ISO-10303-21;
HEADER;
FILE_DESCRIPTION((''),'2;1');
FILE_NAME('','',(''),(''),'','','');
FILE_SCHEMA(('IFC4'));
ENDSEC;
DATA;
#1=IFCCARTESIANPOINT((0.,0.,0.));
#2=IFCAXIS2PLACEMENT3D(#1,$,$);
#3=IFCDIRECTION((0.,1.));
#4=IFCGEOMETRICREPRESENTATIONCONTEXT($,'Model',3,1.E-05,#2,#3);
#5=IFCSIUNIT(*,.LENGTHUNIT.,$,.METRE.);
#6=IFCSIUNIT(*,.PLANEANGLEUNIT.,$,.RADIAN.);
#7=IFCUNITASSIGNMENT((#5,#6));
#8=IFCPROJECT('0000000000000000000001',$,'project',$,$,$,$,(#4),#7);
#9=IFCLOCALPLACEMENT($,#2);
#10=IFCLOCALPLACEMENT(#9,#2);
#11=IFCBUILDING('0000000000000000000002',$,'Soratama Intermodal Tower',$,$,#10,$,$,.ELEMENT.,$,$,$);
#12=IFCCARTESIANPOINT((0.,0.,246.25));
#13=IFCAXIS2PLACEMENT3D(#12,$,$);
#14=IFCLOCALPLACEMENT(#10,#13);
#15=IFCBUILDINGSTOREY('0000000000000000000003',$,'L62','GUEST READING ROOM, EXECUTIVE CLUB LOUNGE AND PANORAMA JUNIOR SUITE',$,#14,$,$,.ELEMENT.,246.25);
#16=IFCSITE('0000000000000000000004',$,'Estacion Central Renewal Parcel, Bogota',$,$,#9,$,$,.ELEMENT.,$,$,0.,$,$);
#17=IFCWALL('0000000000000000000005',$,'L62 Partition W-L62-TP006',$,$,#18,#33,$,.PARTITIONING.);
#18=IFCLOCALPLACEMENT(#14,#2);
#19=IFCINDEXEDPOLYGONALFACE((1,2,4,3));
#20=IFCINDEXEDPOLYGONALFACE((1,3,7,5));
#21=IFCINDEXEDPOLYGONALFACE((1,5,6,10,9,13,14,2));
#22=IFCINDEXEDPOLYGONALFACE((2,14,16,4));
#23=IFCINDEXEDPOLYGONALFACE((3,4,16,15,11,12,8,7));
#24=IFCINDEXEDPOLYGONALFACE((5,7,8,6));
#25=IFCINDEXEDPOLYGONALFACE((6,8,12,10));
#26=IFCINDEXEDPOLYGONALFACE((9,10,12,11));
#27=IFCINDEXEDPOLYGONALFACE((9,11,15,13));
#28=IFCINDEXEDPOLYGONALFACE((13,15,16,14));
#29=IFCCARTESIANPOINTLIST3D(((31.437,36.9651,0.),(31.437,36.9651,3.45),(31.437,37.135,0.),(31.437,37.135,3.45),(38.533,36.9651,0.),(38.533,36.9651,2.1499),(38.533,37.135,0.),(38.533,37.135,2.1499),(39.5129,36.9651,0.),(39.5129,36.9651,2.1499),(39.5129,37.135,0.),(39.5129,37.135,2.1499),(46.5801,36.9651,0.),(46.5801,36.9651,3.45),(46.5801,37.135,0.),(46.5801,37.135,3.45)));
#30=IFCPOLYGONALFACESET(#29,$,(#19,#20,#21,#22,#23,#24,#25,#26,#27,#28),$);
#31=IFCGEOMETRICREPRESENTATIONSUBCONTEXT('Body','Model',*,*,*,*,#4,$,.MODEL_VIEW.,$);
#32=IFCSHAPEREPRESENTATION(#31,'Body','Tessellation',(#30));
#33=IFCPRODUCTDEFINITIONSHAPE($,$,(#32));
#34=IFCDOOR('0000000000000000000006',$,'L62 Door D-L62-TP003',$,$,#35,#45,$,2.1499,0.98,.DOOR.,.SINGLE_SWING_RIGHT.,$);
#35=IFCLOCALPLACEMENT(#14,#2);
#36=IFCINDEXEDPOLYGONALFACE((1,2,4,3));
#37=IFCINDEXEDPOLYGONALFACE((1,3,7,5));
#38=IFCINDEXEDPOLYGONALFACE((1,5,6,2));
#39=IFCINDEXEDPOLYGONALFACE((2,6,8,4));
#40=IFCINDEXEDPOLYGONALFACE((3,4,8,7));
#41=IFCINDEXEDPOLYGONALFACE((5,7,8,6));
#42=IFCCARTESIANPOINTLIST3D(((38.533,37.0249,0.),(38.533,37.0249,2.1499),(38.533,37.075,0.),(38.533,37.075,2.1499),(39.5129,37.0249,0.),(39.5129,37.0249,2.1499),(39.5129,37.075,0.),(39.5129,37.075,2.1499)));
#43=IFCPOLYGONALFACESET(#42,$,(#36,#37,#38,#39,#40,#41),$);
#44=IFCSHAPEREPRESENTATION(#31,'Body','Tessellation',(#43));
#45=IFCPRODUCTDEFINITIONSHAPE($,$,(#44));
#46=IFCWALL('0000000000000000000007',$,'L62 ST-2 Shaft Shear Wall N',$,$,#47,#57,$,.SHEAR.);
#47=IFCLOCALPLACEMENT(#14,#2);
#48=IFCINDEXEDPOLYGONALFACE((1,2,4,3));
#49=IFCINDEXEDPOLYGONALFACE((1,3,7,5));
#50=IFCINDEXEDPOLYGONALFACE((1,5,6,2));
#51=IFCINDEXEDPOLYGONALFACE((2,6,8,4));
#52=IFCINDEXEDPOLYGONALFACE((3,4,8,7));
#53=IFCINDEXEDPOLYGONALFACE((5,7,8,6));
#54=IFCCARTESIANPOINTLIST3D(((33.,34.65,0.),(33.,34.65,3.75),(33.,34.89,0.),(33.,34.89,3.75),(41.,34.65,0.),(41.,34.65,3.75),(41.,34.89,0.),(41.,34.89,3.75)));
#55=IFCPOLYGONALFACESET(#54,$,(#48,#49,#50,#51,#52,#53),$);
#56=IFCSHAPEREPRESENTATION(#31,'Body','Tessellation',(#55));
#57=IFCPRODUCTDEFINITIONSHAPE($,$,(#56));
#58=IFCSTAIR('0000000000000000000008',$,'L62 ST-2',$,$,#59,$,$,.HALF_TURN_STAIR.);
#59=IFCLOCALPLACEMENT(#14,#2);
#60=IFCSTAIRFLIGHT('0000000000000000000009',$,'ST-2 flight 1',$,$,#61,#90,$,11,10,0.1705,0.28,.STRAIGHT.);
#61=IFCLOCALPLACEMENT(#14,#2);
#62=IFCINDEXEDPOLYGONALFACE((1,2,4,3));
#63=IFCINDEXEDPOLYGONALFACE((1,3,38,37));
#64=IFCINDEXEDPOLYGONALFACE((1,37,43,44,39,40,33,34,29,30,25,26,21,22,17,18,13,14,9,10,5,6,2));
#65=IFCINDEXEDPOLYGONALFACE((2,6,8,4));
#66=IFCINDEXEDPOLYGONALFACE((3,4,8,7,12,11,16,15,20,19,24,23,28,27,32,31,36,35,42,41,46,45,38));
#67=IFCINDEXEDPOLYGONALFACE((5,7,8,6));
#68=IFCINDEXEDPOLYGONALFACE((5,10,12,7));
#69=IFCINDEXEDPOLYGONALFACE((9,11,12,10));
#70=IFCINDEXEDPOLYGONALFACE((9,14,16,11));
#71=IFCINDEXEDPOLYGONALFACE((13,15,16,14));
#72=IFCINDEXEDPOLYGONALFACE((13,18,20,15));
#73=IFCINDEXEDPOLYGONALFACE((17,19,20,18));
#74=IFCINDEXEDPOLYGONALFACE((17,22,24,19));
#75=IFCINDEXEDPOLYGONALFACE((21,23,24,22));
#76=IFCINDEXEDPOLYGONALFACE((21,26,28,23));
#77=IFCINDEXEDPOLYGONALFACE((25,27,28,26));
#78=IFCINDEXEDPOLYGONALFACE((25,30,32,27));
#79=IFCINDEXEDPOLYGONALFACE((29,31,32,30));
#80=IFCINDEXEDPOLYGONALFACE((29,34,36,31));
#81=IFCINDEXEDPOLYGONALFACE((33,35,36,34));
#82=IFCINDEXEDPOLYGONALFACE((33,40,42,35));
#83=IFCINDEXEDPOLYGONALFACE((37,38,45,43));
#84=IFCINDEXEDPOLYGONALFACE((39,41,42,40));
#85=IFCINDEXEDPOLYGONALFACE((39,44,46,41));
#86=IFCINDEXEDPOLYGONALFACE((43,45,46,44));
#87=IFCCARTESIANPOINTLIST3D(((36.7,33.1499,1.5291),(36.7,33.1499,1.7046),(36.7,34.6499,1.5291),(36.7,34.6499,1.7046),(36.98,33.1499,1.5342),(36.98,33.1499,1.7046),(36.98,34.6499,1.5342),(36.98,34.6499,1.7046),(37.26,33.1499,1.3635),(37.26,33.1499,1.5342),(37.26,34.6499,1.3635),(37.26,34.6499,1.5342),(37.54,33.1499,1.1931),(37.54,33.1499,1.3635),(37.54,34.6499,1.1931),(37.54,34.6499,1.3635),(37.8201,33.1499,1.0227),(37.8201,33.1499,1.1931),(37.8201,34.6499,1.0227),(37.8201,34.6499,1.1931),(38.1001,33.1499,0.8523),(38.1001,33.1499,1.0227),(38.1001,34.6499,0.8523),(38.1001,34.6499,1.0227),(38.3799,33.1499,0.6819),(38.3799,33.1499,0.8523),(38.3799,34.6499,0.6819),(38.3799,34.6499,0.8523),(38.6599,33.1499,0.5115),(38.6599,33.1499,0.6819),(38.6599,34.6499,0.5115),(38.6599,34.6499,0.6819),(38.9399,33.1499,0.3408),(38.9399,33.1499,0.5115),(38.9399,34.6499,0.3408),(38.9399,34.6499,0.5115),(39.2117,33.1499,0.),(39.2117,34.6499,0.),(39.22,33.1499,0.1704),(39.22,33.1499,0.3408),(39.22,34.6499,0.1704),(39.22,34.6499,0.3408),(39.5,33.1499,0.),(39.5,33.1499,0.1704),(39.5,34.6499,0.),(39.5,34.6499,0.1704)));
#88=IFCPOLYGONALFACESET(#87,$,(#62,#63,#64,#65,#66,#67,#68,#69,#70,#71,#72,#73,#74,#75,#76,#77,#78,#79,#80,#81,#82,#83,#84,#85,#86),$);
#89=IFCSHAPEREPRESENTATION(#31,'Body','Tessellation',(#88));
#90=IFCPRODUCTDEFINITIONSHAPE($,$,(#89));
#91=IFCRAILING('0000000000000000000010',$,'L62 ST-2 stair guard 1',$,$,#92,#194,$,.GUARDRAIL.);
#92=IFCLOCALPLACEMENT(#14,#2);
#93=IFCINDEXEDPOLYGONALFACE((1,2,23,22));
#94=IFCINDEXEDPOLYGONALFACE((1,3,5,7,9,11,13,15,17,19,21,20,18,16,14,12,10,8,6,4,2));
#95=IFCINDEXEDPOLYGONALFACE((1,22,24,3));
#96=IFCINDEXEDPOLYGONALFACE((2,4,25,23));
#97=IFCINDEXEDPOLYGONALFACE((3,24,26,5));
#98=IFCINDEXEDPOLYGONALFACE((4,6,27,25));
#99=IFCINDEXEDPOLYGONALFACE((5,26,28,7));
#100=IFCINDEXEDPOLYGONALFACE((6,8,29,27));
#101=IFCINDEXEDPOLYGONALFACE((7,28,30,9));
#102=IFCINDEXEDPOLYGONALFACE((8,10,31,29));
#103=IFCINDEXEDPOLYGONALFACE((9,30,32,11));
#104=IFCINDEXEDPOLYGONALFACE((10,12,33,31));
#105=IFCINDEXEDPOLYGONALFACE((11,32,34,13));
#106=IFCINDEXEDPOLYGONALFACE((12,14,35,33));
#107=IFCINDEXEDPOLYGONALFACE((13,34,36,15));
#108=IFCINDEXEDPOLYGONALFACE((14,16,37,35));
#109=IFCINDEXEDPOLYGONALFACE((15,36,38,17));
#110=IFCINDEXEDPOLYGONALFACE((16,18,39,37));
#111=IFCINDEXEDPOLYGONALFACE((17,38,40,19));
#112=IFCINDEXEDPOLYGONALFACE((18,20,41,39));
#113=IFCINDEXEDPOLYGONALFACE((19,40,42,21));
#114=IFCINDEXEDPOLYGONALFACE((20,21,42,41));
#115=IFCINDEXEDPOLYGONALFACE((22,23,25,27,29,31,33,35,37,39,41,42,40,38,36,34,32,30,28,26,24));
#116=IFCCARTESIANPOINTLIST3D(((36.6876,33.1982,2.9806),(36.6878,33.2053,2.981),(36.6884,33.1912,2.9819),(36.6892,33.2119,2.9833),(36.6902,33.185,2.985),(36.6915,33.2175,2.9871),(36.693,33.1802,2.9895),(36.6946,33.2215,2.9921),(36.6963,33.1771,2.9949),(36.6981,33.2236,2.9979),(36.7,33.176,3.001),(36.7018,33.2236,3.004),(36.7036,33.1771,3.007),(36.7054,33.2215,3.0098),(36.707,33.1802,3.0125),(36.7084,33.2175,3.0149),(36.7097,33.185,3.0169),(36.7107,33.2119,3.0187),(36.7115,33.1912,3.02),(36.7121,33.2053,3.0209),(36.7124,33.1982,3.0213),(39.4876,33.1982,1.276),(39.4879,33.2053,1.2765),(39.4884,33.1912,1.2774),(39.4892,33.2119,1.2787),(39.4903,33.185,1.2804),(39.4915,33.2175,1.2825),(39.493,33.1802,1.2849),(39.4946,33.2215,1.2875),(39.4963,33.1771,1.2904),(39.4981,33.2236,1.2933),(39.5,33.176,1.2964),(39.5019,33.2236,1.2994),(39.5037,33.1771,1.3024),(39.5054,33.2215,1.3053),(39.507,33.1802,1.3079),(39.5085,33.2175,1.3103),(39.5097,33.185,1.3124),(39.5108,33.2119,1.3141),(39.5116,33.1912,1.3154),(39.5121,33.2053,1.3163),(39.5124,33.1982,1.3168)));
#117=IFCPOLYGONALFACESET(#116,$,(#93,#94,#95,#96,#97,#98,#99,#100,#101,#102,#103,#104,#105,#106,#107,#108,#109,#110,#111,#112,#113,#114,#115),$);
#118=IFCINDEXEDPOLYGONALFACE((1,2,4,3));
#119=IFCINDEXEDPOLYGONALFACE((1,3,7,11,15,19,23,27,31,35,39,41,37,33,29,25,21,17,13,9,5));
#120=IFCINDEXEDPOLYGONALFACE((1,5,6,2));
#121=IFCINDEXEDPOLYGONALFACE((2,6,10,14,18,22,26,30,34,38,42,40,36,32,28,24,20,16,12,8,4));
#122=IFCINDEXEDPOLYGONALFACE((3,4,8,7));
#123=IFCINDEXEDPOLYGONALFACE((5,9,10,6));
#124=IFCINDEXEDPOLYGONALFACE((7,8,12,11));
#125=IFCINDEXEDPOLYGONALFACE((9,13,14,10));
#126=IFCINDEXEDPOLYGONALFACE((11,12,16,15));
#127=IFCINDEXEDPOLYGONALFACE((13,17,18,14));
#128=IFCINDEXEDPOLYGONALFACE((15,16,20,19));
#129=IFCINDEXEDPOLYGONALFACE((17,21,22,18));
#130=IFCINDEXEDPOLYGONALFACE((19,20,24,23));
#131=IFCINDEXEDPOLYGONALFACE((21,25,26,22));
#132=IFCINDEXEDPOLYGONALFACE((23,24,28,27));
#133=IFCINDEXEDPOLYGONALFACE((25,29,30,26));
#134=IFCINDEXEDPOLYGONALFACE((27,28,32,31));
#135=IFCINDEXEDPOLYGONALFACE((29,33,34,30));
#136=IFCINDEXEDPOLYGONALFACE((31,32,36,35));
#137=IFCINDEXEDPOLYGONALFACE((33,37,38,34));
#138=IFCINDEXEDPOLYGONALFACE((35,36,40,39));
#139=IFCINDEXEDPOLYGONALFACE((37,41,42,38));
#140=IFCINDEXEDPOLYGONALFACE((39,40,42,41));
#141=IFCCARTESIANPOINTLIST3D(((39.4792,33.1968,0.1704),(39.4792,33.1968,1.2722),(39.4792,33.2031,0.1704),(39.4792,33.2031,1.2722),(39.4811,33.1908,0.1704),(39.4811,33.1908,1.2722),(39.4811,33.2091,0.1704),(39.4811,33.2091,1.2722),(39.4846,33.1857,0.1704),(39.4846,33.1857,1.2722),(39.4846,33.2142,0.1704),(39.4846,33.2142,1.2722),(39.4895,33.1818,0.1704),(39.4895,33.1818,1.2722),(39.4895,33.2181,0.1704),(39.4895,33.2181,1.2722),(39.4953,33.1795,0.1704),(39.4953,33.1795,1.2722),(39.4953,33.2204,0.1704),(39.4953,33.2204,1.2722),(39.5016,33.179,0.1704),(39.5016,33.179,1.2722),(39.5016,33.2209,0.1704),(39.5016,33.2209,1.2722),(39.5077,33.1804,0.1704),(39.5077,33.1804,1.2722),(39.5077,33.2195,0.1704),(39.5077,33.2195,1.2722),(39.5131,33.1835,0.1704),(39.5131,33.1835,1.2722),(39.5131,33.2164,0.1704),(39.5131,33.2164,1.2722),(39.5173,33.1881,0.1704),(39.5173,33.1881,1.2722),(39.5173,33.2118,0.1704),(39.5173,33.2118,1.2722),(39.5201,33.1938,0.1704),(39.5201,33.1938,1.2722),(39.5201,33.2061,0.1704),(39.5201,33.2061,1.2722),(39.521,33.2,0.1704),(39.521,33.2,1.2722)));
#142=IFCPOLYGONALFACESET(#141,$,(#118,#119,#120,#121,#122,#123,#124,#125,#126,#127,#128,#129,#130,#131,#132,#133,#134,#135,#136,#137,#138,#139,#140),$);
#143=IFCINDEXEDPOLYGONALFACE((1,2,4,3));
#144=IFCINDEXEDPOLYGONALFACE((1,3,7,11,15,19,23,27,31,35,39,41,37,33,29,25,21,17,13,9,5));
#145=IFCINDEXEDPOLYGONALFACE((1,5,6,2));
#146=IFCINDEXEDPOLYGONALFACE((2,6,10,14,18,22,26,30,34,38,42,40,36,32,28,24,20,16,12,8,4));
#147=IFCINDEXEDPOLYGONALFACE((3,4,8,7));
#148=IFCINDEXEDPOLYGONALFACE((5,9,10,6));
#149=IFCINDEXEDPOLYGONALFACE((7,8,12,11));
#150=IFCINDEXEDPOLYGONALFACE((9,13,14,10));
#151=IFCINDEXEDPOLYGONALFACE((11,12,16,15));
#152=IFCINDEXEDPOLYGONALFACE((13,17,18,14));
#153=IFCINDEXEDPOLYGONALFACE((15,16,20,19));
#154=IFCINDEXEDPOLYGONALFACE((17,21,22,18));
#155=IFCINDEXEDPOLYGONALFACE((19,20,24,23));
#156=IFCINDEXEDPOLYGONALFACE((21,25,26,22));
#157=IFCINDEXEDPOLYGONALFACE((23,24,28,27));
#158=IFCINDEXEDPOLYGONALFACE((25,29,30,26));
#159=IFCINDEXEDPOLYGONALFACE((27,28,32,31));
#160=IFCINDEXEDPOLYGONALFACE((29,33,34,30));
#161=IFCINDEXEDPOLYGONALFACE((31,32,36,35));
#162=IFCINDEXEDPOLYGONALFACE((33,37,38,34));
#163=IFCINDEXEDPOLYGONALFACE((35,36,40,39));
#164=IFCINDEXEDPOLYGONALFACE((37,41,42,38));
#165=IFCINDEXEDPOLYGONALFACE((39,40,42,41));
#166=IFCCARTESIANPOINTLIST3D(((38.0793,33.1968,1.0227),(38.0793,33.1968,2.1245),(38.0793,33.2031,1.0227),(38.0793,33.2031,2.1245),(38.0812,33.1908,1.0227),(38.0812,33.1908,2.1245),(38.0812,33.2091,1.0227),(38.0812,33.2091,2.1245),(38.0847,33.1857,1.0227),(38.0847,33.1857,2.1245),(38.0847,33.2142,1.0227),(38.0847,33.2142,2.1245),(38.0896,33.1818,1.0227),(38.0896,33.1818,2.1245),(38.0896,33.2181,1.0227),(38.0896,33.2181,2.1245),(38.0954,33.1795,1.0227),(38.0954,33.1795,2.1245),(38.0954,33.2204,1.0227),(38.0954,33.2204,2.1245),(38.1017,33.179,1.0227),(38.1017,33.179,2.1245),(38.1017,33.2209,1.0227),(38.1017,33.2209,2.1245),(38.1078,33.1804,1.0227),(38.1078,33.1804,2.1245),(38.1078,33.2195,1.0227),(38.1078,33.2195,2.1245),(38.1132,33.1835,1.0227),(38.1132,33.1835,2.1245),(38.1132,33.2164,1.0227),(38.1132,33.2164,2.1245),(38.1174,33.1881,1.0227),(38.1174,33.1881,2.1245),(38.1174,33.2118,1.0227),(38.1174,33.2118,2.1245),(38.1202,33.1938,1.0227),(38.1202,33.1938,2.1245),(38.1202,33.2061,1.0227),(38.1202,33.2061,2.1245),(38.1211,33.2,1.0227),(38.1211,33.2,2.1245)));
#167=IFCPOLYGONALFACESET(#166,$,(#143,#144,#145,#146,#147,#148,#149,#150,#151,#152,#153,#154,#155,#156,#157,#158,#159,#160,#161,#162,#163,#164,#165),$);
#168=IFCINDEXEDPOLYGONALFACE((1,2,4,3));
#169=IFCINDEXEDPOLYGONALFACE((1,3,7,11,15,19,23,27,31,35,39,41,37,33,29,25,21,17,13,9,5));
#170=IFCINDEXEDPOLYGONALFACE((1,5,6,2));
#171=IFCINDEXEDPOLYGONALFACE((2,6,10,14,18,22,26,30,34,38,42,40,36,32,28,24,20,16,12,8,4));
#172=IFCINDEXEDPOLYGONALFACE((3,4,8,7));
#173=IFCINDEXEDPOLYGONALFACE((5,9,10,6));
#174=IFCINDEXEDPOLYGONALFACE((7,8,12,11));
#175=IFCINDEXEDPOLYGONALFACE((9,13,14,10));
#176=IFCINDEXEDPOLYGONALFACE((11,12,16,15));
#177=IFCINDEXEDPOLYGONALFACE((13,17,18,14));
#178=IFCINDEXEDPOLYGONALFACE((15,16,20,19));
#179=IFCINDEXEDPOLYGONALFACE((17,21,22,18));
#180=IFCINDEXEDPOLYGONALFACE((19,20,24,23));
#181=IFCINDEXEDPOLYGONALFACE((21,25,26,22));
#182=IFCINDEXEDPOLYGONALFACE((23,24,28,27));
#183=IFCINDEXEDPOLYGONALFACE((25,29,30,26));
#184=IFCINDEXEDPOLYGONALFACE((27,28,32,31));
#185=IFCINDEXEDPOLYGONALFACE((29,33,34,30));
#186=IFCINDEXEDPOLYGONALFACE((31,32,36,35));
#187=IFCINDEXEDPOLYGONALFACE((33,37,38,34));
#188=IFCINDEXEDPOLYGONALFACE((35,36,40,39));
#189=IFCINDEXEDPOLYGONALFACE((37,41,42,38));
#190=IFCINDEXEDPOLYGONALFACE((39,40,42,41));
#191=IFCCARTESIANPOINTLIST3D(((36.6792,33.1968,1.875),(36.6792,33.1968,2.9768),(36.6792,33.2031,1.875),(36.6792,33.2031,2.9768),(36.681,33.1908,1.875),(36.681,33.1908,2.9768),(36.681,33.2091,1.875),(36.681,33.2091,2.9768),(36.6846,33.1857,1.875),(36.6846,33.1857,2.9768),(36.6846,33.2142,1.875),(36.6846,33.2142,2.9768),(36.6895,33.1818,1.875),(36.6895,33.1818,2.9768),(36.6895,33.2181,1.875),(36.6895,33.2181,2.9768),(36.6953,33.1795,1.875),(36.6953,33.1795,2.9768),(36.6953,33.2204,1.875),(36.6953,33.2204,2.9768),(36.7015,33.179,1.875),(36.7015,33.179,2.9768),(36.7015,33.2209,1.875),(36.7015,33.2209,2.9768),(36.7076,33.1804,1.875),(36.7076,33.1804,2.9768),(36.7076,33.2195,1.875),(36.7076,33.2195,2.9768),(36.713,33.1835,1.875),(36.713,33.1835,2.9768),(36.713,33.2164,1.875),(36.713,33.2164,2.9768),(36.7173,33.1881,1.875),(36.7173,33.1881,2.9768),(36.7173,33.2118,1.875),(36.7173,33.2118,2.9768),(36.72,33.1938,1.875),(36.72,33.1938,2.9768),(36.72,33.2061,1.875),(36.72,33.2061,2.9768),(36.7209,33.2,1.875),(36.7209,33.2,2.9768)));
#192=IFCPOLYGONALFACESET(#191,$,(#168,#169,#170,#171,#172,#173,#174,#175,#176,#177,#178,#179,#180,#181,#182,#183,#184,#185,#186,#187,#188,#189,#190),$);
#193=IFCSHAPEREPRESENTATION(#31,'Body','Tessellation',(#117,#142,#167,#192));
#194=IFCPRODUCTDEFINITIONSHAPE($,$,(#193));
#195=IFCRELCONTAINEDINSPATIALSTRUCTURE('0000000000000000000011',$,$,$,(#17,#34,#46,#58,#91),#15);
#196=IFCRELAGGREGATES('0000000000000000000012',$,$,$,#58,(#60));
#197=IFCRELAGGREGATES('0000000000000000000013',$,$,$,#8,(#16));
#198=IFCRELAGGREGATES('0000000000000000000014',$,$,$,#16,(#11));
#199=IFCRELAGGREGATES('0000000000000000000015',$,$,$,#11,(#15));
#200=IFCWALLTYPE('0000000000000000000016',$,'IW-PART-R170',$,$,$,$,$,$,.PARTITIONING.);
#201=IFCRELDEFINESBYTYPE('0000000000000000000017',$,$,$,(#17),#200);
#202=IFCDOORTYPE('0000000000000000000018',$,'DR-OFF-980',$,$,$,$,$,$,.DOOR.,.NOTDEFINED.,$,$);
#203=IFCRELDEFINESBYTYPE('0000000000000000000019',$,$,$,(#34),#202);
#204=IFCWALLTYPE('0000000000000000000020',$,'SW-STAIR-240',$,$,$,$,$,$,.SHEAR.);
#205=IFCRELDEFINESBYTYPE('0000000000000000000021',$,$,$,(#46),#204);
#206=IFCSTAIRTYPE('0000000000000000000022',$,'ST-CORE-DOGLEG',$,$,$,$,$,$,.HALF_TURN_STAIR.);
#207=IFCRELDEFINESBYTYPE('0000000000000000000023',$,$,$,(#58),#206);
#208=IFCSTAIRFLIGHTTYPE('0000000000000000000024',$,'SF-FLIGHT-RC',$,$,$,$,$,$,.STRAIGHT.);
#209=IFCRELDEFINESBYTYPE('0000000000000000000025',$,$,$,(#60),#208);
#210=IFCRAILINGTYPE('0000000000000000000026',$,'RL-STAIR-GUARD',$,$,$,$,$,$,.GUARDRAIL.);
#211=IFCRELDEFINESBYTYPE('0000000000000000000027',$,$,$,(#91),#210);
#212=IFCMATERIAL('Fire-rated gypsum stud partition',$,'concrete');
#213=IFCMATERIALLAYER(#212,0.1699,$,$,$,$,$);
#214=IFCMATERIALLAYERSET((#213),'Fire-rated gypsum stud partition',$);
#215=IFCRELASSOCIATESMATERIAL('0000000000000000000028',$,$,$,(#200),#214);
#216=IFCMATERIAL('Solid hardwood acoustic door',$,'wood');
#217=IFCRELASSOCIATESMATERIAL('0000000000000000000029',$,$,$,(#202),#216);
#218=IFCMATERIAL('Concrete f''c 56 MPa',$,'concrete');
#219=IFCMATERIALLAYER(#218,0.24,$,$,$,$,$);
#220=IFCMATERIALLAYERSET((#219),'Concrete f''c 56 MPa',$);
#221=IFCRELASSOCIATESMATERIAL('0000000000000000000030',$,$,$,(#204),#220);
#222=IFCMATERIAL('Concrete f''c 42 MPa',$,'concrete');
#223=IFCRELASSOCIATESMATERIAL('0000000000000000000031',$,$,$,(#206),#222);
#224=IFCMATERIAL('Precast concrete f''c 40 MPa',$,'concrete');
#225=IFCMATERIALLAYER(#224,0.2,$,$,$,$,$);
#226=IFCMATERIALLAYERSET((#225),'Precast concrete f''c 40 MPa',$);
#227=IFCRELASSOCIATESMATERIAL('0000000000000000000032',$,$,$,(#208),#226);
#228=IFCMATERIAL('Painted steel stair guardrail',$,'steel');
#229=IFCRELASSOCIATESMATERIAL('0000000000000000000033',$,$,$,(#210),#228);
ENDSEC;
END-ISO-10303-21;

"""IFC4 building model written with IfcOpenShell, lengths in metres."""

from ifc_helpers import new_model, si_unit, direction, frame, frame_2d, origin, origin_2d, place, context, subcontext, project, spatial, polyline, rectangle, circle, outline, extrude, material, layer, layer_set, type_object, element, fill, aggregate, save


model = new_model("IFC4")

# Units and contexts
model_context = context("Model", 3, precision=1e-05, world=origin(), true_north=direction((0.0, 1.0)))
body_context = subcontext(model_context, "Body", "Model", "MODEL_VIEW")
ifc_project = project(units=[si_unit("LENGTHUNIT", "METRE"), si_unit("PLANEANGLEUNIT", "RADIAN")], contexts=[model_context])

# Site, building, storey
site_placement = place(None, origin())
site = spatial("IfcSite", under=ifc_project, at=site_placement, Name="Estacion Central Renewal Parcel, Bogota", CompositionType="ELEMENT", RefElevation=0.0)
building_placement = place(site_placement, origin())
building = spatial("IfcBuilding", under=site, at=building_placement, Name="Soratama Intermodal Tower", CompositionType="ELEMENT")
storey_placement = place(building_placement, frame((0.0, 0.0, 246.25)))
storey = spatial("IfcBuildingStorey", under=building, at=storey_placement, Name="L62", Description="GUEST READING ROOM, EXECUTIVE CLUB LOUNGE AND PANORAMA JUNIOR SUITE", CompositionType="ELEMENT", Elevation=246.25)

# Wall, opening, door
ifc_material_1 = material(Name="Fire-rated gypsum stud partition", Category="concrete")
ifc_layer_1 = layer(ifc_material_1, 0.1699)
ifc_layer_set_1 = layer_set([ifc_layer_1], Name="Fire-rated gypsum stud partition")
wall_type_1 = type_object("IfcWallType", Name="IW-PART-R170", PredefinedType="PARTITIONING", material=ifc_layer_set_1)
wall_1_placement = place(storey_placement, frame((31.437, 37.05, 0.0), z_axis=(0.0, 0.0, 1.0), x_axis=(1.0, 0.0, 0.0)))
wall_1 = element("IfcWall", 1, at=wall_1_placement, inside=storey, type_object=wall_type_1, Name="L62 Partition W-L62-TP006", PredefinedType="PARTITIONING", context=body_context, shape_type="SweptSolid", body=[
    extrude(rectangle(XDim=15.1431, YDim=0.1699, at=frame_2d((7.5715, 0.0))), origin(), (0.0, 0.0, 1.0), 3.45),
])
opening_1_placement = place(wall_1_placement, frame((7.0959, 0.0, 0.0)))
opening_1 = element("IfcOpeningElement", 2, at=opening_1_placement, cuts=wall_1, PredefinedType="OPENING", context=body_context, shape_type="SweptSolid", body=[
    extrude(rectangle(XDim=0.98, YDim=2.1499, at=frame_2d((0.49, 1.075))), frame((0.0, 0.095, 0.0), z_axis=(0.0, -1.0, 0.0), x_axis=(1.0, 0.0, 0.0)), (0.0, 0.0, 1.0), 0.1899),
])
ifc_material_2 = material(Name="Solid hardwood acoustic door", Category="wood")
door_type = type_object("IfcDoorType", Name="DR-OFF-980", OperationType="NOTDEFINED", PredefinedType="DOOR", material=ifc_material_2)
door_placement = place(opening_1_placement, origin())
door = element("IfcDoor", 3, at=door_placement, inside=storey, type_object=door_type, Name="L62 Door D-L62-TP003", OperationType="SINGLE_SWING_RIGHT", OverallHeight=2.1499, OverallWidth=0.98, PredefinedType="DOOR", context=body_context, shape_type="SweptSolid", body=[
    extrude(rectangle(XDim=0.98, YDim=2.1499, at=frame_2d((0.49, 1.075))), frame((0.0, 0.0249, 0.0), z_axis=(0.0, -1.0, 0.0), x_axis=(1.0, 0.0, 0.0)), (0.0, 0.0, 1.0), 0.05),
])
fill(opening_1, door)

# Wall
ifc_material_3 = material(Name="Concrete f'c 56 MPa", Category="concrete")
ifc_layer_2 = layer(ifc_material_3, 0.24)
ifc_layer_set_2 = layer_set([ifc_layer_2], Name="Concrete f'c 56 MPa")
wall_type_2 = type_object("IfcWallType", Name="SW-STAIR-240", PredefinedType="SHEAR", material=ifc_layer_set_2)
wall_2_placement = place(storey_placement, frame((33.0, 34.77, 0.0), z_axis=(0.0, 0.0, 1.0), x_axis=(1.0, 0.0, 0.0)))
element("IfcWall", 4, at=wall_2_placement, inside=storey, type_object=wall_type_2, Name="L62 ST-2 Shaft Shear Wall N", PredefinedType="SHEAR", context=body_context, shape_type="SweptSolid", body=[
    extrude(rectangle(XDim=8.0, YDim=0.24, at=frame_2d((4.0, 0.0))), origin(), (0.0, 0.0, 1.0), 3.75),
])

# Stair, stair flight
ifc_material_4 = material(Name="Concrete f'c 42 MPa", Category="concrete")
stair_type = type_object("IfcStairType", Name="ST-CORE-DOGLEG", PredefinedType="HALF_TURN_STAIR", material=ifc_material_4)
stair_placement = place(storey_placement, origin())
stair = element("IfcStair", 5, at=stair_placement, inside=storey, type_object=stair_type, Name="L62 ST-2", PredefinedType="HALF_TURN_STAIR")
ifc_material_5 = material(Name="Precast concrete f'c 40 MPa", Category="concrete")
ifc_layer_3 = layer(ifc_material_5, 0.2)
ifc_layer_set_3 = layer_set([ifc_layer_3], Name="Precast concrete f'c 40 MPa")
stair_flight_type = type_object("IfcStairFlightType", Name="SF-FLIGHT-RC", PredefinedType="STRAIGHT", material=ifc_layer_set_3)
stair_flight_placement = place(storey_placement, frame((39.5, 33.8999, 0.0), z_axis=(0.0, 0.0, 1.0), x_axis=(-1.0, 0.0, 0.0)))
stair_flight = element("IfcStairFlight", 6, at=stair_flight_placement, type_object=stair_flight_type, Name="ST-2 flight 1", NumberOfRisers=11, NumberOfTreads=10, PredefinedType="STRAIGHT", RiserHeight=0.1705, TreadLength=0.28, context=body_context, shape_type="SweptSolid", body=[
    extrude(outline(polyline([(0.0, 0.0), (0.0, 0.1704), (0.28, 0.1704), (0.28, 0.3408), (0.5601, 0.3408), (0.5601, 0.5115), (0.8401, 0.5115), (0.8401, 0.6819), (1.1201, 0.6819), (1.1201, 0.8523), (1.3999, 0.8523), (1.3999, 1.0227), (1.6799, 1.0227), (1.6799, 1.1931), (1.96, 1.1931), (1.96, 1.3635), (2.24, 1.3635), (2.24, 1.5342), (2.52, 1.5342), (2.52, 1.7046), (2.8, 1.7046), (2.8, 1.875), (2.8, 1.5291), (0.2883, 0.0), (0.0, 0.0)])), frame((0.0, 0.75, 0.0), z_axis=(0.0, -1.0, 0.0), x_axis=(1.0, 0.0, 0.0)), (0.0, 0.0, 1.0), 1.5),
])
aggregate(stair, [stair_flight])

# Railing
ifc_material_6 = material(Name="Painted steel stair guardrail", Category="steel")
railing_type_1 = type_object("IfcRailingType", Name="RL-STAIR-GUARD", PredefinedType="GUARDRAIL", material=ifc_material_6)
railing_1_placement = place(storey_placement, frame((39.5, 33.2, 0.1704)))
element("IfcRailing", 7, at=railing_1_placement, inside=storey, type_object=railing_type_1, Name="L62 ST-2 stair guard 1", PredefinedType="GUARDRAIL", context=body_context, shape_type="SweptSolid", body=[
    extrude(circle(Radius=0.0239, at=origin_2d()), frame((0.0, 0.0, 1.126), z_axis=(-0.85417, 0.0, 0.519994), x_axis=(0.0, -1.0, 0.0)), (0.0, 0.0, 1.0), 3.2781),
    extrude(circle(Radius=0.021, at=origin_2d()), origin(), (0.0, 0.0, 1.0), 1.1018),
    extrude(circle(Radius=0.021, at=origin_2d()), frame((-1.3999, 0.0, 0.8523)), (0.0, 0.0, 1.0), 1.1018),
    extrude(circle(Radius=0.021, at=origin_2d()), frame((-2.8, 0.0, 1.7046)), (0.0, 0.0, 1.0), 1.1018),
])

save(model, "model.ifc")
